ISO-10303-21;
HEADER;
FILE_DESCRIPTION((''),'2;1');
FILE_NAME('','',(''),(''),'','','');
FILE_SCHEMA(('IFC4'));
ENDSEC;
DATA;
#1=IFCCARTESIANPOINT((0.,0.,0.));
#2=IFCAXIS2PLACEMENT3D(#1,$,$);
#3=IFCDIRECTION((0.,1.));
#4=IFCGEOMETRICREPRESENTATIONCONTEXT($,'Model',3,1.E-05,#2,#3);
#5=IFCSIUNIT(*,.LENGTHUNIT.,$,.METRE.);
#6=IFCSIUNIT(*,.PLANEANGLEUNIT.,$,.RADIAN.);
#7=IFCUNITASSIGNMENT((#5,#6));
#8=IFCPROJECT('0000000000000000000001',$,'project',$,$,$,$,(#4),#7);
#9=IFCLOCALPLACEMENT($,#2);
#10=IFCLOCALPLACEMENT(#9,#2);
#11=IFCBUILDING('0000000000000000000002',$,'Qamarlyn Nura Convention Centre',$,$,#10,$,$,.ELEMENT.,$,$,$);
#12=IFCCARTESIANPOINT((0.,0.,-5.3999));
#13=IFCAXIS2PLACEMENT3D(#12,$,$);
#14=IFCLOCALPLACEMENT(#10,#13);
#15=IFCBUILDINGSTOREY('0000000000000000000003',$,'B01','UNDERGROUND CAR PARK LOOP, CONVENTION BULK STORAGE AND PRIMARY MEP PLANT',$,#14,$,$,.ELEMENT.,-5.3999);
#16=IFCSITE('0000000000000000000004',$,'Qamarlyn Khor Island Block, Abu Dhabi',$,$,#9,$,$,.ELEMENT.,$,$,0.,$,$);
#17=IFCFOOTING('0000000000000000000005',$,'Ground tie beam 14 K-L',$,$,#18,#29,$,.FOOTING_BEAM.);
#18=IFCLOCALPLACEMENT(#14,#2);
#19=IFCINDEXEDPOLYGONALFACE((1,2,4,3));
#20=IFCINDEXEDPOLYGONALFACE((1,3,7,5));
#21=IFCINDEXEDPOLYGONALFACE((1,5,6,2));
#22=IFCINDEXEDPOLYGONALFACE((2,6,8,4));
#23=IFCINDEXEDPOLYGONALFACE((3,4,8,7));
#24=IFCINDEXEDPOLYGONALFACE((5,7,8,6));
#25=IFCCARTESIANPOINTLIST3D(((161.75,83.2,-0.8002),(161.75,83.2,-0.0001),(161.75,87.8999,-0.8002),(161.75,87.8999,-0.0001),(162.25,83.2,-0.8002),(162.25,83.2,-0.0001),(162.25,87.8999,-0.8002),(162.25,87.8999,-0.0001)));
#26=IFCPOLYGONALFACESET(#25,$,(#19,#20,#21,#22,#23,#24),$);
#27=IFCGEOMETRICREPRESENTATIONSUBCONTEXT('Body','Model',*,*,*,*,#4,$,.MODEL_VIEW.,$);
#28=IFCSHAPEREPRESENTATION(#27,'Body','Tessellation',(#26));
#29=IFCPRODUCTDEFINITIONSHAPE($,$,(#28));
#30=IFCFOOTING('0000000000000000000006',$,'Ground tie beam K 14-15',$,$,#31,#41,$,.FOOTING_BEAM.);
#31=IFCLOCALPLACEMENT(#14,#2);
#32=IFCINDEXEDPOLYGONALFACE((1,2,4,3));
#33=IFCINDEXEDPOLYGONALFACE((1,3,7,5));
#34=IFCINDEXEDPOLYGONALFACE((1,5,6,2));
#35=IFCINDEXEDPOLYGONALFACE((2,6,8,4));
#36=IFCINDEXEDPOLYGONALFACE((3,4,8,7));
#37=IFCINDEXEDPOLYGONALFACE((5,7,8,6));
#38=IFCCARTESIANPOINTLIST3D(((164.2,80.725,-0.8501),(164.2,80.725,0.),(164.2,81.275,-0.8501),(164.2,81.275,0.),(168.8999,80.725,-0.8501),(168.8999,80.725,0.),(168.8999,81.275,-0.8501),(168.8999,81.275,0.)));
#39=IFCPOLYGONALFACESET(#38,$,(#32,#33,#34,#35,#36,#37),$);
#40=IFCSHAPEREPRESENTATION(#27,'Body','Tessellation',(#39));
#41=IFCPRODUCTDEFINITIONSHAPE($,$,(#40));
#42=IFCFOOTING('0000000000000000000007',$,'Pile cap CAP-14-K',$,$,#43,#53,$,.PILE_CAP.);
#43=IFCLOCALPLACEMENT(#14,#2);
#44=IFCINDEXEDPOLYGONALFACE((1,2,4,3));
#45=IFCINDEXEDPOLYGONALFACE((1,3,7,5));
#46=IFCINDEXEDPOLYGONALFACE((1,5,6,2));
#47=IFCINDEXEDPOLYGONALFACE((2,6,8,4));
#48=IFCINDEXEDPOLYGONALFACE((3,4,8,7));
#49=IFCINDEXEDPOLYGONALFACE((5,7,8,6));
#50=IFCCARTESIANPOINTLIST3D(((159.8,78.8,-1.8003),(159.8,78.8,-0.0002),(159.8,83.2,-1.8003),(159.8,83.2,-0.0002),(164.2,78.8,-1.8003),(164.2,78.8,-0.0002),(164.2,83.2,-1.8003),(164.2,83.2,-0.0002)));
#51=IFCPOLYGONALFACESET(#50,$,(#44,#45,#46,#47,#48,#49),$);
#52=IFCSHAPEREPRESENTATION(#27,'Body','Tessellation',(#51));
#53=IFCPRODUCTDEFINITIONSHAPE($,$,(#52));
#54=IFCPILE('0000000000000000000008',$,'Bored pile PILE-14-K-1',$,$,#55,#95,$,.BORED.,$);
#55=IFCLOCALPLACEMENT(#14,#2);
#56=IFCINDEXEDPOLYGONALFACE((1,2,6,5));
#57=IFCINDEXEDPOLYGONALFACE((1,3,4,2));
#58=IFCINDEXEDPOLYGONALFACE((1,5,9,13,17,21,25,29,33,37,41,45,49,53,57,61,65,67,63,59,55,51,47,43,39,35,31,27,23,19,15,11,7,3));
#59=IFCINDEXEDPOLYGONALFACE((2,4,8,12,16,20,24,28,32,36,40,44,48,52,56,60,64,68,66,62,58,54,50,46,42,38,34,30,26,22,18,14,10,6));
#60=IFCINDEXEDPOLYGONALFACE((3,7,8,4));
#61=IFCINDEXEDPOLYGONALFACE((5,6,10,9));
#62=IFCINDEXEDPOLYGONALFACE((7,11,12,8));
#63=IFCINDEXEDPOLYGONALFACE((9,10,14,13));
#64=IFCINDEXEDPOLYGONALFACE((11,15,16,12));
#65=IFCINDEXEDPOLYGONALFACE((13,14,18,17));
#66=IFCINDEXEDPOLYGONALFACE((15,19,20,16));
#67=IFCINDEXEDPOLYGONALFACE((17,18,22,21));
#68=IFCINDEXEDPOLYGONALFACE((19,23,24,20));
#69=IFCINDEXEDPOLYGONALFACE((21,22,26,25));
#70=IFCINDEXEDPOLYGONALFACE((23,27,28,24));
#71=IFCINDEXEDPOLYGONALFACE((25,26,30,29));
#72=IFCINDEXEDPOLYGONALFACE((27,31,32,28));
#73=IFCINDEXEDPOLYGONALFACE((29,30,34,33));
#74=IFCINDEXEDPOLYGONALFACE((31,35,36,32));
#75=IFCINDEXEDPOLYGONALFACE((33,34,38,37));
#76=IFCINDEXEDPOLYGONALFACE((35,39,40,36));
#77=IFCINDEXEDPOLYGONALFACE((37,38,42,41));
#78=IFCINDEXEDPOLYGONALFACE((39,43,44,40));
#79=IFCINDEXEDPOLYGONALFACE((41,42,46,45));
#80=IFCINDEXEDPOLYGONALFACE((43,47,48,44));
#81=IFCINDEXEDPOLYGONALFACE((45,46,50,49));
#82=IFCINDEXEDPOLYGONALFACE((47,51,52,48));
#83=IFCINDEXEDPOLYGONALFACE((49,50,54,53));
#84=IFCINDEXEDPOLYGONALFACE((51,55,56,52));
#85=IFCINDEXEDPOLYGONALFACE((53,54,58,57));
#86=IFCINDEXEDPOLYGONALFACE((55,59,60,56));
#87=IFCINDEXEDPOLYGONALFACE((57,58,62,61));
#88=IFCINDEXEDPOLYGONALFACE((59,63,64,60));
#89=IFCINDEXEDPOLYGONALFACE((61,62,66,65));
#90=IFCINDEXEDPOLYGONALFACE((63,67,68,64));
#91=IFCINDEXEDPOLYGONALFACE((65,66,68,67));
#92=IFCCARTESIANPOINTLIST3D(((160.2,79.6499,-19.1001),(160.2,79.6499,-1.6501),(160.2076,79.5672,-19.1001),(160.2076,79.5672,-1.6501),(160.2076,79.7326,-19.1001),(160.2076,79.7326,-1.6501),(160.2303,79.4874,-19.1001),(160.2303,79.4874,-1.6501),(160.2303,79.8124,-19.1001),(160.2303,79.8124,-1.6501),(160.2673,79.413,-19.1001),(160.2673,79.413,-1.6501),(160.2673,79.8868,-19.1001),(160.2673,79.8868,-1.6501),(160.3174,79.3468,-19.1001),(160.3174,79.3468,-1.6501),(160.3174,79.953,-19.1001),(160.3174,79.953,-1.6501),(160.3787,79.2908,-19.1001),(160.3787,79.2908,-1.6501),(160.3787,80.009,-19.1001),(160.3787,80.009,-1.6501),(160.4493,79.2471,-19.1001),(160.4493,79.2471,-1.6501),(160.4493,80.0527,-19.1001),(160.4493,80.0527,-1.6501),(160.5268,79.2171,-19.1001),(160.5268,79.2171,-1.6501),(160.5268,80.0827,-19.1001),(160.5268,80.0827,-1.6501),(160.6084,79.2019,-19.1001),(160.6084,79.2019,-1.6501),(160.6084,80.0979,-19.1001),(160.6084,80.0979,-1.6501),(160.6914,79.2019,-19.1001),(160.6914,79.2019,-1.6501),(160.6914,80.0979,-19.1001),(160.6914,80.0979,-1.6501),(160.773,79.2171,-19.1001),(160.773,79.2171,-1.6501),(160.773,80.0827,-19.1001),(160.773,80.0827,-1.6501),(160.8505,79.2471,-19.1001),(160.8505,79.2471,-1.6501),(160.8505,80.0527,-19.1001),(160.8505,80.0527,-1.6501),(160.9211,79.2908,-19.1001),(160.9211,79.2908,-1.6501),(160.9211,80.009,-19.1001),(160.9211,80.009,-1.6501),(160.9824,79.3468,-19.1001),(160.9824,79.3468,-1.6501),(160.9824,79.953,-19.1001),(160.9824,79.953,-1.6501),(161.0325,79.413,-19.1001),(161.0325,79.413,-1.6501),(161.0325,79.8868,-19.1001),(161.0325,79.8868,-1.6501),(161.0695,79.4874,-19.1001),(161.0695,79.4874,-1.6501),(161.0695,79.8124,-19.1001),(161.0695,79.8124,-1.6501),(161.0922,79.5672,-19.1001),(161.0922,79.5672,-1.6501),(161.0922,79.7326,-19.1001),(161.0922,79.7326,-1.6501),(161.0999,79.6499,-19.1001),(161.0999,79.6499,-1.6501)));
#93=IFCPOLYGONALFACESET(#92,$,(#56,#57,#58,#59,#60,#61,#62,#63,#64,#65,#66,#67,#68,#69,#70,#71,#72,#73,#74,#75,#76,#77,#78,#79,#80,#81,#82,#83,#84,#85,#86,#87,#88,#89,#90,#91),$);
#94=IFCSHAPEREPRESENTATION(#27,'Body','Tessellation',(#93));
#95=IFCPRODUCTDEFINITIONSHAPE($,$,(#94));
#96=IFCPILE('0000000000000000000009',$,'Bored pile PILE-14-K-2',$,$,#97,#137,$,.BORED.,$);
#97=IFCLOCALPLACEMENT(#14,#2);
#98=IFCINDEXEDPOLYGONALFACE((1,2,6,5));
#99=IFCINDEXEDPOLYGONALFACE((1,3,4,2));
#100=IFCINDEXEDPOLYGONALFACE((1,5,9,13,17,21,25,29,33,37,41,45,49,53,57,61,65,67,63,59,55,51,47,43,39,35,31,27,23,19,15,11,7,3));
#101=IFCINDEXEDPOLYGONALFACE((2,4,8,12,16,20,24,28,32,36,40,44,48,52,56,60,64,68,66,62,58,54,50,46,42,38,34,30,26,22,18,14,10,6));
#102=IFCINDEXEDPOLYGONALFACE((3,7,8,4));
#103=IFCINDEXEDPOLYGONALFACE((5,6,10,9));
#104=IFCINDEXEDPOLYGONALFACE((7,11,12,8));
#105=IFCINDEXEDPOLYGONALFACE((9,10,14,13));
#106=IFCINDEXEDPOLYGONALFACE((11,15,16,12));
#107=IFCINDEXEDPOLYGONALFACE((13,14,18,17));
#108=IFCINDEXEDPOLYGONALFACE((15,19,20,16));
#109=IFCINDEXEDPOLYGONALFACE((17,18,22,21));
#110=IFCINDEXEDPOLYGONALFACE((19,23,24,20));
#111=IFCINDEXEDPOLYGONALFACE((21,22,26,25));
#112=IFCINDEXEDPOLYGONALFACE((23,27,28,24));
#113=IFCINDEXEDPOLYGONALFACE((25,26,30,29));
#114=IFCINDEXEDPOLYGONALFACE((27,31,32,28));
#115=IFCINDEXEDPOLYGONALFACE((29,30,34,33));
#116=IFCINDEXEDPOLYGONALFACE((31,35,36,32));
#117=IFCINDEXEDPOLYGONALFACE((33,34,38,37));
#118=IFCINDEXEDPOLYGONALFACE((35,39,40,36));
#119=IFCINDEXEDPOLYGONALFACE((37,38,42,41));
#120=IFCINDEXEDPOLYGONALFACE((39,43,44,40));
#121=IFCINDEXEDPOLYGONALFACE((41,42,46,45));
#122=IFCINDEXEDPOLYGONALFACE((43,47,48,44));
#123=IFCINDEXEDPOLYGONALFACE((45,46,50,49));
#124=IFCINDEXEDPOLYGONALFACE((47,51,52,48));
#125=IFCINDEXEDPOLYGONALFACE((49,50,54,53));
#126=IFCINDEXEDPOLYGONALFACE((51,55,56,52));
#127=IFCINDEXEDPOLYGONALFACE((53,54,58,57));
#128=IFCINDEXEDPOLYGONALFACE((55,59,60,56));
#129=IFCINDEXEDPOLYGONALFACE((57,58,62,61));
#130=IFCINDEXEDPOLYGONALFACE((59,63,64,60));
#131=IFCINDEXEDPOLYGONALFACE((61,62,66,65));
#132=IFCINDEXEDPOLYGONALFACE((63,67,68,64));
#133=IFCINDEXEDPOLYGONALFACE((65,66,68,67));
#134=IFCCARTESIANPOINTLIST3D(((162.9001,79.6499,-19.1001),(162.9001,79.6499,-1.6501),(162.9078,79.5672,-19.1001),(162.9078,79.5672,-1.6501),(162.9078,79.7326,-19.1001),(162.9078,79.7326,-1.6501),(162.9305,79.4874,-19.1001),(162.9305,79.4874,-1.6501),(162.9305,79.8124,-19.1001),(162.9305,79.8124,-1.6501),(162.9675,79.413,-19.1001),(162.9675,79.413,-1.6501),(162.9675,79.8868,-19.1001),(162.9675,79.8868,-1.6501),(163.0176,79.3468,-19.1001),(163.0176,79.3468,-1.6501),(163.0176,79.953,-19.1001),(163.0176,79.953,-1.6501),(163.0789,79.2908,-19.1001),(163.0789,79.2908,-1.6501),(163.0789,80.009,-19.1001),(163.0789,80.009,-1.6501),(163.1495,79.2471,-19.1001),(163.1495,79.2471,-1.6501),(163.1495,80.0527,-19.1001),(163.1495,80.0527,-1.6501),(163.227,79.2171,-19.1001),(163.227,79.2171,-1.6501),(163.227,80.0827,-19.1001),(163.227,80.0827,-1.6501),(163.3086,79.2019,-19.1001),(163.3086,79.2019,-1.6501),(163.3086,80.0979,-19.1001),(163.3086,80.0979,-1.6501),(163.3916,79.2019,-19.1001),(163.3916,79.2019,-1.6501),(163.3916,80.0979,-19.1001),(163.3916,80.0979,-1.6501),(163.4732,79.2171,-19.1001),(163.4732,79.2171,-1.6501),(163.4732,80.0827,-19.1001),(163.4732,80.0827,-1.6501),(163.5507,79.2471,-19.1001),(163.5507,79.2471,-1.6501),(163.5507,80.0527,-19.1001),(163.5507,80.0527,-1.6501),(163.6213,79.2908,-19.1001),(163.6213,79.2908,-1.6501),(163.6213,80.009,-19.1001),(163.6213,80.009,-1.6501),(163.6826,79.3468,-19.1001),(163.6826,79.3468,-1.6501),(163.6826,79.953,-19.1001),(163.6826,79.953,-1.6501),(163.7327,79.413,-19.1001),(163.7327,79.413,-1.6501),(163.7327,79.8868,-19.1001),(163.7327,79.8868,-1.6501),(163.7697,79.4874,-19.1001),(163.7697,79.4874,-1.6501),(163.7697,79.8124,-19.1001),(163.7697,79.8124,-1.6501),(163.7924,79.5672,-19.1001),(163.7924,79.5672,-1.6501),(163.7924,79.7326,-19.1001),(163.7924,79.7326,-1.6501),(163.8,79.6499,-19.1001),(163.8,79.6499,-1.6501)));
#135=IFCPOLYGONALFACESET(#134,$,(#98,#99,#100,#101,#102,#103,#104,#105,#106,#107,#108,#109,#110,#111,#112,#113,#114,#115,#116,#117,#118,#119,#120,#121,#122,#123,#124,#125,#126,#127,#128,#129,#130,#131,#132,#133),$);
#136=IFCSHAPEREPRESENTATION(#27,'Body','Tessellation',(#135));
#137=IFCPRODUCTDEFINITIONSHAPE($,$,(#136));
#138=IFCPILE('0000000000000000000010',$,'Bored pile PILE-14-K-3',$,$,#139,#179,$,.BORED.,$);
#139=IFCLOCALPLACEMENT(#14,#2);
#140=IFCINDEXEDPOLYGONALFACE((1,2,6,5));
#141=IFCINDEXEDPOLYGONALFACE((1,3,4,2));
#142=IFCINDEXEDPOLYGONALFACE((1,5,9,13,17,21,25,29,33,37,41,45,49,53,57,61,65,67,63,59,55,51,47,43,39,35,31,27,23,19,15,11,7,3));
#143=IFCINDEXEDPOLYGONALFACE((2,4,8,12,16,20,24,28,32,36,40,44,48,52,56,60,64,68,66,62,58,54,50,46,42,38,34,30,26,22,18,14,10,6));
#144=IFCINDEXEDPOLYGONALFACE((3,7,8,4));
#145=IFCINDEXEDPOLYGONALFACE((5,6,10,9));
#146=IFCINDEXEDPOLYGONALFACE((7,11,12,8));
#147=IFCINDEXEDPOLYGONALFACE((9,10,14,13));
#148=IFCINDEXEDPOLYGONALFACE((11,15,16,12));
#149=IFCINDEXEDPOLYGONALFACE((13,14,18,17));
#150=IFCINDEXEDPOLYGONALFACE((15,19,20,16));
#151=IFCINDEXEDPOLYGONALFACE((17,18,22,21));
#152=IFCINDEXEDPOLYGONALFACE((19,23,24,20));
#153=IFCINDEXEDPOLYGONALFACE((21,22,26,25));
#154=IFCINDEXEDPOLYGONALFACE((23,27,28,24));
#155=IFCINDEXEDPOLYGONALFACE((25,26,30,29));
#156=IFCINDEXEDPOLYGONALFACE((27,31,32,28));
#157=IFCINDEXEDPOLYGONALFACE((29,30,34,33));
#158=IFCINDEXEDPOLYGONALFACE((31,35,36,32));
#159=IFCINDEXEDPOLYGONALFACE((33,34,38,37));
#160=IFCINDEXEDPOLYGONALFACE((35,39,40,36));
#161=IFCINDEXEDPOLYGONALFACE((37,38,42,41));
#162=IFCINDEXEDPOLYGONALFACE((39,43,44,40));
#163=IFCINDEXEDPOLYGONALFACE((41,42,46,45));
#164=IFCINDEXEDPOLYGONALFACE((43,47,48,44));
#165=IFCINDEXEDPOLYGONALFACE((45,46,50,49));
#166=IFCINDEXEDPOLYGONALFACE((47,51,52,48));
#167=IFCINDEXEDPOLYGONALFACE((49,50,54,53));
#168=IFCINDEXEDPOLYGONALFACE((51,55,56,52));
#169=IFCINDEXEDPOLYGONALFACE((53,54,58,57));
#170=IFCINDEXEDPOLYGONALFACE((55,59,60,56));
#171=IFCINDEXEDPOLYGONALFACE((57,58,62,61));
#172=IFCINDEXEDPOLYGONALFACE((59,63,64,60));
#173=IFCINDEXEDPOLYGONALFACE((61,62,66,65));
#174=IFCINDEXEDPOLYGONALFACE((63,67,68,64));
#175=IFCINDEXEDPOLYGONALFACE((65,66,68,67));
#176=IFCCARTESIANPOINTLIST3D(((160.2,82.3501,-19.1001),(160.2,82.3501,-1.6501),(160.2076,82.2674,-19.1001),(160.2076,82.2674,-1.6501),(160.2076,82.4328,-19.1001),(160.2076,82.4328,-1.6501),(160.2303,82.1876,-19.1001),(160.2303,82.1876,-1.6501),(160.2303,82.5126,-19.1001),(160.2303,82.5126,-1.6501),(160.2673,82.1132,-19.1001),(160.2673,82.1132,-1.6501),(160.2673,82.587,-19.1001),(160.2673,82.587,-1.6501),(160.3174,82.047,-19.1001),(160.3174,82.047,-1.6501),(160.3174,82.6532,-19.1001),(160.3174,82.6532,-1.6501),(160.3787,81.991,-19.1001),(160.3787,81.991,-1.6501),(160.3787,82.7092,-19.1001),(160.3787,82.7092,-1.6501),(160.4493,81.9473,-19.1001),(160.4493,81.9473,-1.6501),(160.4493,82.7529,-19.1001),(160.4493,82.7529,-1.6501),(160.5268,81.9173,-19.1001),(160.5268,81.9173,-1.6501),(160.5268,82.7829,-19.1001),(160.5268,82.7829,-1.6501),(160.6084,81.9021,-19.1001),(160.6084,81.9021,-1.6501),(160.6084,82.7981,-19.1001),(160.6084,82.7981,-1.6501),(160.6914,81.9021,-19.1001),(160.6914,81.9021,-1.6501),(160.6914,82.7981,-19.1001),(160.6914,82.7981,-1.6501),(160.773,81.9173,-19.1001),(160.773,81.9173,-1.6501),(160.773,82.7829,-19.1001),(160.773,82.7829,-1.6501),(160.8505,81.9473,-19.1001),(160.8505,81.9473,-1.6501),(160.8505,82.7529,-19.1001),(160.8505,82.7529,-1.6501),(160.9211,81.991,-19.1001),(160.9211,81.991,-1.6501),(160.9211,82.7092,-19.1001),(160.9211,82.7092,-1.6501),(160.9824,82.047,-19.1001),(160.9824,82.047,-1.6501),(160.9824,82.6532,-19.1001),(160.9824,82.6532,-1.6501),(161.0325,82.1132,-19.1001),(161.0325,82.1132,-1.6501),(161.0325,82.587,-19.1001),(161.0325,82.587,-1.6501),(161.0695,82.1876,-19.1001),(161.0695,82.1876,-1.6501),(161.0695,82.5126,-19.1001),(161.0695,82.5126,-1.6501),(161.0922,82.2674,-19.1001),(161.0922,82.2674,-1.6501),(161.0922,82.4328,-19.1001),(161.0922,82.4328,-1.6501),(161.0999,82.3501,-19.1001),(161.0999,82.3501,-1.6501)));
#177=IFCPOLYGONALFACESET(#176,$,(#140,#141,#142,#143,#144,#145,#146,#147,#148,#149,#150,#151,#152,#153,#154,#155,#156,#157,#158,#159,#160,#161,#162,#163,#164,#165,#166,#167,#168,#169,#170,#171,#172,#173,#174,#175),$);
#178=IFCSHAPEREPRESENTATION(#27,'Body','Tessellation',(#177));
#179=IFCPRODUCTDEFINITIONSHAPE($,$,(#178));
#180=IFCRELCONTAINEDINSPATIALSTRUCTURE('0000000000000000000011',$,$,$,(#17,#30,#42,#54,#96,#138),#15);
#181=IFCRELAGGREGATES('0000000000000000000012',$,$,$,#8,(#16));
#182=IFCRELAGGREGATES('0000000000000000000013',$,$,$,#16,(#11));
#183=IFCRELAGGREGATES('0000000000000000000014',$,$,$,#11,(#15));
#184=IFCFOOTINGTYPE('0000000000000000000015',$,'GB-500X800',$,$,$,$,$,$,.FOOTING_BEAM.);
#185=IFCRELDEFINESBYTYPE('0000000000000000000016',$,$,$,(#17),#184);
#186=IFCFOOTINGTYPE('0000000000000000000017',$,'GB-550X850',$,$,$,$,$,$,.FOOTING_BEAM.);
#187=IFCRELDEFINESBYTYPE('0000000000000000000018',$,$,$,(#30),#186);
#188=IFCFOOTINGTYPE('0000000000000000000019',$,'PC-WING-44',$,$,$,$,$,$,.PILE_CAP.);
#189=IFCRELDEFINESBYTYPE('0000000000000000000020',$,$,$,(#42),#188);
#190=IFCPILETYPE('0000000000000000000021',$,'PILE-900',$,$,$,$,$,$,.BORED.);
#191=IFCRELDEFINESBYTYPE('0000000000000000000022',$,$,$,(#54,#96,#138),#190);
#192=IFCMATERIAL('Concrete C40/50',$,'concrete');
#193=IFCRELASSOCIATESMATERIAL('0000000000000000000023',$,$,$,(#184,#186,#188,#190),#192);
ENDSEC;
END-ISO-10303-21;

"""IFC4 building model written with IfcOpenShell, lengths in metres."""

from ifc_helpers import new_model, si_unit, direction, frame, origin, origin_2d, place, context, subcontext, project, spatial, rectangle, circle, extrude, material, material_profile, profile_set, type_object, element, save


model = new_model("IFC4")

# Units and contexts
model_context = context("Model", 3, precision=1e-05, world=origin(), true_north=direction((0.0, 1.0)))
body_context = subcontext(model_context, "Body", "Model", "MODEL_VIEW")
ifc_project = project(units=[si_unit("LENGTHUNIT", "METRE"), si_unit("PLANEANGLEUNIT", "RADIAN")], contexts=[model_context])

# Site, building, storey
site_placement = place(None, origin())
site = spatial("IfcSite", under=ifc_project, at=site_placement, Name="Qamarlyn Khor Island Block, Abu Dhabi", CompositionType="ELEMENT", RefElevation=0.0)
building_placement = place(site_placement, origin())
building = spatial("IfcBuilding", under=site, at=building_placement, Name="Qamarlyn Nura Convention Centre", CompositionType="ELEMENT")
storey_placement = place(building_placement, frame((0.0, 0.0, -5.3999)))
storey = spatial("IfcBuildingStorey", under=building, at=storey_placement, Name="B01", Description="UNDERGROUND CAR PARK LOOP, CONVENTION BULK STORAGE AND PRIMARY MEP PLANT", CompositionType="ELEMENT", Elevation=-5.3999)

# Footings
ifc_material_1 = material(Name="Concrete C40/50", Category="concrete")
ifc_material_profile_1 = material_profile(ifc_material_1, rectangle(XDim=0.5, YDim=0.8, at=origin_2d()), Name="RC GB 500x800")
ifc_profile_set_1 = profile_set([ifc_material_profile_1], Name="Concrete C40/50")
footing_type_1 = type_object("IfcFootingType", Name="GB-500X800", PredefinedType="FOOTING_BEAM", material=ifc_profile_set_1)
footing_1_placement = place(storey_placement, frame((162.0, 83.2, -0.4001), z_axis=(0.0, 1.0, 0.0), x_axis=(-1.0, 0.0, 0.0)))
element("IfcFooting", 1, at=footing_1_placement, inside=storey, type_object=footing_type_1, Name="Ground tie beam 14 K-L", PredefinedType="FOOTING_BEAM", context=body_context, shape_type="SweptSolid", body=[
    extrude(rectangle(XDim=0.5, YDim=0.8, at=origin_2d()), origin(), (0.0, 0.0, 1.0), 4.7),
])
ifc_material_profile_2 = material_profile(ifc_material_1, rectangle(XDim=0.55, YDim=0.8501, at=origin_2d()), Name="RC GB 550x850")
ifc_profile_set_2 = profile_set([ifc_material_profile_2], Name="Concrete C40/50")
footing_type_2 = type_object("IfcFootingType", Name="GB-550X850", PredefinedType="FOOTING_BEAM", material=ifc_profile_set_2)
footing_2_placement = place(storey_placement, frame((164.2, 81.0, -0.425), z_axis=(1.0, 0.0, 0.0), x_axis=(0.0, 1.0, 0.0)))
element("IfcFooting", 2, at=footing_2_placement, inside=storey, type_object=footing_type_2, Name="Ground tie beam K 14-15", PredefinedType="FOOTING_BEAM", context=body_context, shape_type="SweptSolid", body=[
    extrude(rectangle(XDim=0.55, YDim=0.8501, at=origin_2d()), origin(), (0.0, 0.0, 1.0), 4.7),
])
footing_type_3 = type_object("IfcFootingType", Name="PC-WING-44", PredefinedType="PILE_CAP", material=ifc_material_1)
footing_3_placement = place(storey_placement, frame((162.0, 81.0, -1.8003), z_axis=(0.0, 0.0, 1.0), x_axis=(1.0, 0.0, 0.0)))
element("IfcFooting", 3, at=footing_3_placement, inside=storey, type_object=footing_type_3, Name="Pile cap CAP-14-K", PredefinedType="PILE_CAP", context=body_context, shape_type="SweptSolid", body=[
    extrude(rectangle(XDim=4.3999, YDim=4.3999, at=origin_2d()), origin(), (0.0, 0.0, 1.0), 1.8),
])

# Piles
ifc_material_profile_3 = material_profile(ifc_material_1, circle(Radius=0.45, at=origin_2d()), Name="BORED PILE 900")
ifc_profile_set_3 = profile_set([ifc_material_profile_3], Name="Concrete C40/50")
pile_type = type_object("IfcPileType", Name="PILE-900", PredefinedType="BORED", material=ifc_profile_set_3)
for number, where, z_axis, x_axis, name in (
    (4, (160.6499, 79.6499, -1.6501), (0.0, 0.0, -1.0), (1.0, 0.0, 0.0), "Bored pile PILE-14-K-1"),
    (5, (163.3501, 79.6499, -1.6501), (0.0, 0.0, -1.0), (1.0, 0.0, 0.0), "Bored pile PILE-14-K-2"),
    (6, (160.6499, 82.3501, -1.6501), (0.0, 0.0, -1.0), (1.0, 0.0, 0.0), "Bored pile PILE-14-K-3"),
):
    element("IfcPile", number, at=place(storey_placement, frame(where, z_axis=z_axis, x_axis=x_axis)), inside=storey, type_object=pile_type, Name=name, PredefinedType="BORED", context=body_context, shape_type="SweptSolid", body=[
        extrude(circle(Radius=0.45, at=origin_2d()), origin(), (0.0, 0.0, 1.0), 17.45),
    ])

save(model, "model.ifc")
